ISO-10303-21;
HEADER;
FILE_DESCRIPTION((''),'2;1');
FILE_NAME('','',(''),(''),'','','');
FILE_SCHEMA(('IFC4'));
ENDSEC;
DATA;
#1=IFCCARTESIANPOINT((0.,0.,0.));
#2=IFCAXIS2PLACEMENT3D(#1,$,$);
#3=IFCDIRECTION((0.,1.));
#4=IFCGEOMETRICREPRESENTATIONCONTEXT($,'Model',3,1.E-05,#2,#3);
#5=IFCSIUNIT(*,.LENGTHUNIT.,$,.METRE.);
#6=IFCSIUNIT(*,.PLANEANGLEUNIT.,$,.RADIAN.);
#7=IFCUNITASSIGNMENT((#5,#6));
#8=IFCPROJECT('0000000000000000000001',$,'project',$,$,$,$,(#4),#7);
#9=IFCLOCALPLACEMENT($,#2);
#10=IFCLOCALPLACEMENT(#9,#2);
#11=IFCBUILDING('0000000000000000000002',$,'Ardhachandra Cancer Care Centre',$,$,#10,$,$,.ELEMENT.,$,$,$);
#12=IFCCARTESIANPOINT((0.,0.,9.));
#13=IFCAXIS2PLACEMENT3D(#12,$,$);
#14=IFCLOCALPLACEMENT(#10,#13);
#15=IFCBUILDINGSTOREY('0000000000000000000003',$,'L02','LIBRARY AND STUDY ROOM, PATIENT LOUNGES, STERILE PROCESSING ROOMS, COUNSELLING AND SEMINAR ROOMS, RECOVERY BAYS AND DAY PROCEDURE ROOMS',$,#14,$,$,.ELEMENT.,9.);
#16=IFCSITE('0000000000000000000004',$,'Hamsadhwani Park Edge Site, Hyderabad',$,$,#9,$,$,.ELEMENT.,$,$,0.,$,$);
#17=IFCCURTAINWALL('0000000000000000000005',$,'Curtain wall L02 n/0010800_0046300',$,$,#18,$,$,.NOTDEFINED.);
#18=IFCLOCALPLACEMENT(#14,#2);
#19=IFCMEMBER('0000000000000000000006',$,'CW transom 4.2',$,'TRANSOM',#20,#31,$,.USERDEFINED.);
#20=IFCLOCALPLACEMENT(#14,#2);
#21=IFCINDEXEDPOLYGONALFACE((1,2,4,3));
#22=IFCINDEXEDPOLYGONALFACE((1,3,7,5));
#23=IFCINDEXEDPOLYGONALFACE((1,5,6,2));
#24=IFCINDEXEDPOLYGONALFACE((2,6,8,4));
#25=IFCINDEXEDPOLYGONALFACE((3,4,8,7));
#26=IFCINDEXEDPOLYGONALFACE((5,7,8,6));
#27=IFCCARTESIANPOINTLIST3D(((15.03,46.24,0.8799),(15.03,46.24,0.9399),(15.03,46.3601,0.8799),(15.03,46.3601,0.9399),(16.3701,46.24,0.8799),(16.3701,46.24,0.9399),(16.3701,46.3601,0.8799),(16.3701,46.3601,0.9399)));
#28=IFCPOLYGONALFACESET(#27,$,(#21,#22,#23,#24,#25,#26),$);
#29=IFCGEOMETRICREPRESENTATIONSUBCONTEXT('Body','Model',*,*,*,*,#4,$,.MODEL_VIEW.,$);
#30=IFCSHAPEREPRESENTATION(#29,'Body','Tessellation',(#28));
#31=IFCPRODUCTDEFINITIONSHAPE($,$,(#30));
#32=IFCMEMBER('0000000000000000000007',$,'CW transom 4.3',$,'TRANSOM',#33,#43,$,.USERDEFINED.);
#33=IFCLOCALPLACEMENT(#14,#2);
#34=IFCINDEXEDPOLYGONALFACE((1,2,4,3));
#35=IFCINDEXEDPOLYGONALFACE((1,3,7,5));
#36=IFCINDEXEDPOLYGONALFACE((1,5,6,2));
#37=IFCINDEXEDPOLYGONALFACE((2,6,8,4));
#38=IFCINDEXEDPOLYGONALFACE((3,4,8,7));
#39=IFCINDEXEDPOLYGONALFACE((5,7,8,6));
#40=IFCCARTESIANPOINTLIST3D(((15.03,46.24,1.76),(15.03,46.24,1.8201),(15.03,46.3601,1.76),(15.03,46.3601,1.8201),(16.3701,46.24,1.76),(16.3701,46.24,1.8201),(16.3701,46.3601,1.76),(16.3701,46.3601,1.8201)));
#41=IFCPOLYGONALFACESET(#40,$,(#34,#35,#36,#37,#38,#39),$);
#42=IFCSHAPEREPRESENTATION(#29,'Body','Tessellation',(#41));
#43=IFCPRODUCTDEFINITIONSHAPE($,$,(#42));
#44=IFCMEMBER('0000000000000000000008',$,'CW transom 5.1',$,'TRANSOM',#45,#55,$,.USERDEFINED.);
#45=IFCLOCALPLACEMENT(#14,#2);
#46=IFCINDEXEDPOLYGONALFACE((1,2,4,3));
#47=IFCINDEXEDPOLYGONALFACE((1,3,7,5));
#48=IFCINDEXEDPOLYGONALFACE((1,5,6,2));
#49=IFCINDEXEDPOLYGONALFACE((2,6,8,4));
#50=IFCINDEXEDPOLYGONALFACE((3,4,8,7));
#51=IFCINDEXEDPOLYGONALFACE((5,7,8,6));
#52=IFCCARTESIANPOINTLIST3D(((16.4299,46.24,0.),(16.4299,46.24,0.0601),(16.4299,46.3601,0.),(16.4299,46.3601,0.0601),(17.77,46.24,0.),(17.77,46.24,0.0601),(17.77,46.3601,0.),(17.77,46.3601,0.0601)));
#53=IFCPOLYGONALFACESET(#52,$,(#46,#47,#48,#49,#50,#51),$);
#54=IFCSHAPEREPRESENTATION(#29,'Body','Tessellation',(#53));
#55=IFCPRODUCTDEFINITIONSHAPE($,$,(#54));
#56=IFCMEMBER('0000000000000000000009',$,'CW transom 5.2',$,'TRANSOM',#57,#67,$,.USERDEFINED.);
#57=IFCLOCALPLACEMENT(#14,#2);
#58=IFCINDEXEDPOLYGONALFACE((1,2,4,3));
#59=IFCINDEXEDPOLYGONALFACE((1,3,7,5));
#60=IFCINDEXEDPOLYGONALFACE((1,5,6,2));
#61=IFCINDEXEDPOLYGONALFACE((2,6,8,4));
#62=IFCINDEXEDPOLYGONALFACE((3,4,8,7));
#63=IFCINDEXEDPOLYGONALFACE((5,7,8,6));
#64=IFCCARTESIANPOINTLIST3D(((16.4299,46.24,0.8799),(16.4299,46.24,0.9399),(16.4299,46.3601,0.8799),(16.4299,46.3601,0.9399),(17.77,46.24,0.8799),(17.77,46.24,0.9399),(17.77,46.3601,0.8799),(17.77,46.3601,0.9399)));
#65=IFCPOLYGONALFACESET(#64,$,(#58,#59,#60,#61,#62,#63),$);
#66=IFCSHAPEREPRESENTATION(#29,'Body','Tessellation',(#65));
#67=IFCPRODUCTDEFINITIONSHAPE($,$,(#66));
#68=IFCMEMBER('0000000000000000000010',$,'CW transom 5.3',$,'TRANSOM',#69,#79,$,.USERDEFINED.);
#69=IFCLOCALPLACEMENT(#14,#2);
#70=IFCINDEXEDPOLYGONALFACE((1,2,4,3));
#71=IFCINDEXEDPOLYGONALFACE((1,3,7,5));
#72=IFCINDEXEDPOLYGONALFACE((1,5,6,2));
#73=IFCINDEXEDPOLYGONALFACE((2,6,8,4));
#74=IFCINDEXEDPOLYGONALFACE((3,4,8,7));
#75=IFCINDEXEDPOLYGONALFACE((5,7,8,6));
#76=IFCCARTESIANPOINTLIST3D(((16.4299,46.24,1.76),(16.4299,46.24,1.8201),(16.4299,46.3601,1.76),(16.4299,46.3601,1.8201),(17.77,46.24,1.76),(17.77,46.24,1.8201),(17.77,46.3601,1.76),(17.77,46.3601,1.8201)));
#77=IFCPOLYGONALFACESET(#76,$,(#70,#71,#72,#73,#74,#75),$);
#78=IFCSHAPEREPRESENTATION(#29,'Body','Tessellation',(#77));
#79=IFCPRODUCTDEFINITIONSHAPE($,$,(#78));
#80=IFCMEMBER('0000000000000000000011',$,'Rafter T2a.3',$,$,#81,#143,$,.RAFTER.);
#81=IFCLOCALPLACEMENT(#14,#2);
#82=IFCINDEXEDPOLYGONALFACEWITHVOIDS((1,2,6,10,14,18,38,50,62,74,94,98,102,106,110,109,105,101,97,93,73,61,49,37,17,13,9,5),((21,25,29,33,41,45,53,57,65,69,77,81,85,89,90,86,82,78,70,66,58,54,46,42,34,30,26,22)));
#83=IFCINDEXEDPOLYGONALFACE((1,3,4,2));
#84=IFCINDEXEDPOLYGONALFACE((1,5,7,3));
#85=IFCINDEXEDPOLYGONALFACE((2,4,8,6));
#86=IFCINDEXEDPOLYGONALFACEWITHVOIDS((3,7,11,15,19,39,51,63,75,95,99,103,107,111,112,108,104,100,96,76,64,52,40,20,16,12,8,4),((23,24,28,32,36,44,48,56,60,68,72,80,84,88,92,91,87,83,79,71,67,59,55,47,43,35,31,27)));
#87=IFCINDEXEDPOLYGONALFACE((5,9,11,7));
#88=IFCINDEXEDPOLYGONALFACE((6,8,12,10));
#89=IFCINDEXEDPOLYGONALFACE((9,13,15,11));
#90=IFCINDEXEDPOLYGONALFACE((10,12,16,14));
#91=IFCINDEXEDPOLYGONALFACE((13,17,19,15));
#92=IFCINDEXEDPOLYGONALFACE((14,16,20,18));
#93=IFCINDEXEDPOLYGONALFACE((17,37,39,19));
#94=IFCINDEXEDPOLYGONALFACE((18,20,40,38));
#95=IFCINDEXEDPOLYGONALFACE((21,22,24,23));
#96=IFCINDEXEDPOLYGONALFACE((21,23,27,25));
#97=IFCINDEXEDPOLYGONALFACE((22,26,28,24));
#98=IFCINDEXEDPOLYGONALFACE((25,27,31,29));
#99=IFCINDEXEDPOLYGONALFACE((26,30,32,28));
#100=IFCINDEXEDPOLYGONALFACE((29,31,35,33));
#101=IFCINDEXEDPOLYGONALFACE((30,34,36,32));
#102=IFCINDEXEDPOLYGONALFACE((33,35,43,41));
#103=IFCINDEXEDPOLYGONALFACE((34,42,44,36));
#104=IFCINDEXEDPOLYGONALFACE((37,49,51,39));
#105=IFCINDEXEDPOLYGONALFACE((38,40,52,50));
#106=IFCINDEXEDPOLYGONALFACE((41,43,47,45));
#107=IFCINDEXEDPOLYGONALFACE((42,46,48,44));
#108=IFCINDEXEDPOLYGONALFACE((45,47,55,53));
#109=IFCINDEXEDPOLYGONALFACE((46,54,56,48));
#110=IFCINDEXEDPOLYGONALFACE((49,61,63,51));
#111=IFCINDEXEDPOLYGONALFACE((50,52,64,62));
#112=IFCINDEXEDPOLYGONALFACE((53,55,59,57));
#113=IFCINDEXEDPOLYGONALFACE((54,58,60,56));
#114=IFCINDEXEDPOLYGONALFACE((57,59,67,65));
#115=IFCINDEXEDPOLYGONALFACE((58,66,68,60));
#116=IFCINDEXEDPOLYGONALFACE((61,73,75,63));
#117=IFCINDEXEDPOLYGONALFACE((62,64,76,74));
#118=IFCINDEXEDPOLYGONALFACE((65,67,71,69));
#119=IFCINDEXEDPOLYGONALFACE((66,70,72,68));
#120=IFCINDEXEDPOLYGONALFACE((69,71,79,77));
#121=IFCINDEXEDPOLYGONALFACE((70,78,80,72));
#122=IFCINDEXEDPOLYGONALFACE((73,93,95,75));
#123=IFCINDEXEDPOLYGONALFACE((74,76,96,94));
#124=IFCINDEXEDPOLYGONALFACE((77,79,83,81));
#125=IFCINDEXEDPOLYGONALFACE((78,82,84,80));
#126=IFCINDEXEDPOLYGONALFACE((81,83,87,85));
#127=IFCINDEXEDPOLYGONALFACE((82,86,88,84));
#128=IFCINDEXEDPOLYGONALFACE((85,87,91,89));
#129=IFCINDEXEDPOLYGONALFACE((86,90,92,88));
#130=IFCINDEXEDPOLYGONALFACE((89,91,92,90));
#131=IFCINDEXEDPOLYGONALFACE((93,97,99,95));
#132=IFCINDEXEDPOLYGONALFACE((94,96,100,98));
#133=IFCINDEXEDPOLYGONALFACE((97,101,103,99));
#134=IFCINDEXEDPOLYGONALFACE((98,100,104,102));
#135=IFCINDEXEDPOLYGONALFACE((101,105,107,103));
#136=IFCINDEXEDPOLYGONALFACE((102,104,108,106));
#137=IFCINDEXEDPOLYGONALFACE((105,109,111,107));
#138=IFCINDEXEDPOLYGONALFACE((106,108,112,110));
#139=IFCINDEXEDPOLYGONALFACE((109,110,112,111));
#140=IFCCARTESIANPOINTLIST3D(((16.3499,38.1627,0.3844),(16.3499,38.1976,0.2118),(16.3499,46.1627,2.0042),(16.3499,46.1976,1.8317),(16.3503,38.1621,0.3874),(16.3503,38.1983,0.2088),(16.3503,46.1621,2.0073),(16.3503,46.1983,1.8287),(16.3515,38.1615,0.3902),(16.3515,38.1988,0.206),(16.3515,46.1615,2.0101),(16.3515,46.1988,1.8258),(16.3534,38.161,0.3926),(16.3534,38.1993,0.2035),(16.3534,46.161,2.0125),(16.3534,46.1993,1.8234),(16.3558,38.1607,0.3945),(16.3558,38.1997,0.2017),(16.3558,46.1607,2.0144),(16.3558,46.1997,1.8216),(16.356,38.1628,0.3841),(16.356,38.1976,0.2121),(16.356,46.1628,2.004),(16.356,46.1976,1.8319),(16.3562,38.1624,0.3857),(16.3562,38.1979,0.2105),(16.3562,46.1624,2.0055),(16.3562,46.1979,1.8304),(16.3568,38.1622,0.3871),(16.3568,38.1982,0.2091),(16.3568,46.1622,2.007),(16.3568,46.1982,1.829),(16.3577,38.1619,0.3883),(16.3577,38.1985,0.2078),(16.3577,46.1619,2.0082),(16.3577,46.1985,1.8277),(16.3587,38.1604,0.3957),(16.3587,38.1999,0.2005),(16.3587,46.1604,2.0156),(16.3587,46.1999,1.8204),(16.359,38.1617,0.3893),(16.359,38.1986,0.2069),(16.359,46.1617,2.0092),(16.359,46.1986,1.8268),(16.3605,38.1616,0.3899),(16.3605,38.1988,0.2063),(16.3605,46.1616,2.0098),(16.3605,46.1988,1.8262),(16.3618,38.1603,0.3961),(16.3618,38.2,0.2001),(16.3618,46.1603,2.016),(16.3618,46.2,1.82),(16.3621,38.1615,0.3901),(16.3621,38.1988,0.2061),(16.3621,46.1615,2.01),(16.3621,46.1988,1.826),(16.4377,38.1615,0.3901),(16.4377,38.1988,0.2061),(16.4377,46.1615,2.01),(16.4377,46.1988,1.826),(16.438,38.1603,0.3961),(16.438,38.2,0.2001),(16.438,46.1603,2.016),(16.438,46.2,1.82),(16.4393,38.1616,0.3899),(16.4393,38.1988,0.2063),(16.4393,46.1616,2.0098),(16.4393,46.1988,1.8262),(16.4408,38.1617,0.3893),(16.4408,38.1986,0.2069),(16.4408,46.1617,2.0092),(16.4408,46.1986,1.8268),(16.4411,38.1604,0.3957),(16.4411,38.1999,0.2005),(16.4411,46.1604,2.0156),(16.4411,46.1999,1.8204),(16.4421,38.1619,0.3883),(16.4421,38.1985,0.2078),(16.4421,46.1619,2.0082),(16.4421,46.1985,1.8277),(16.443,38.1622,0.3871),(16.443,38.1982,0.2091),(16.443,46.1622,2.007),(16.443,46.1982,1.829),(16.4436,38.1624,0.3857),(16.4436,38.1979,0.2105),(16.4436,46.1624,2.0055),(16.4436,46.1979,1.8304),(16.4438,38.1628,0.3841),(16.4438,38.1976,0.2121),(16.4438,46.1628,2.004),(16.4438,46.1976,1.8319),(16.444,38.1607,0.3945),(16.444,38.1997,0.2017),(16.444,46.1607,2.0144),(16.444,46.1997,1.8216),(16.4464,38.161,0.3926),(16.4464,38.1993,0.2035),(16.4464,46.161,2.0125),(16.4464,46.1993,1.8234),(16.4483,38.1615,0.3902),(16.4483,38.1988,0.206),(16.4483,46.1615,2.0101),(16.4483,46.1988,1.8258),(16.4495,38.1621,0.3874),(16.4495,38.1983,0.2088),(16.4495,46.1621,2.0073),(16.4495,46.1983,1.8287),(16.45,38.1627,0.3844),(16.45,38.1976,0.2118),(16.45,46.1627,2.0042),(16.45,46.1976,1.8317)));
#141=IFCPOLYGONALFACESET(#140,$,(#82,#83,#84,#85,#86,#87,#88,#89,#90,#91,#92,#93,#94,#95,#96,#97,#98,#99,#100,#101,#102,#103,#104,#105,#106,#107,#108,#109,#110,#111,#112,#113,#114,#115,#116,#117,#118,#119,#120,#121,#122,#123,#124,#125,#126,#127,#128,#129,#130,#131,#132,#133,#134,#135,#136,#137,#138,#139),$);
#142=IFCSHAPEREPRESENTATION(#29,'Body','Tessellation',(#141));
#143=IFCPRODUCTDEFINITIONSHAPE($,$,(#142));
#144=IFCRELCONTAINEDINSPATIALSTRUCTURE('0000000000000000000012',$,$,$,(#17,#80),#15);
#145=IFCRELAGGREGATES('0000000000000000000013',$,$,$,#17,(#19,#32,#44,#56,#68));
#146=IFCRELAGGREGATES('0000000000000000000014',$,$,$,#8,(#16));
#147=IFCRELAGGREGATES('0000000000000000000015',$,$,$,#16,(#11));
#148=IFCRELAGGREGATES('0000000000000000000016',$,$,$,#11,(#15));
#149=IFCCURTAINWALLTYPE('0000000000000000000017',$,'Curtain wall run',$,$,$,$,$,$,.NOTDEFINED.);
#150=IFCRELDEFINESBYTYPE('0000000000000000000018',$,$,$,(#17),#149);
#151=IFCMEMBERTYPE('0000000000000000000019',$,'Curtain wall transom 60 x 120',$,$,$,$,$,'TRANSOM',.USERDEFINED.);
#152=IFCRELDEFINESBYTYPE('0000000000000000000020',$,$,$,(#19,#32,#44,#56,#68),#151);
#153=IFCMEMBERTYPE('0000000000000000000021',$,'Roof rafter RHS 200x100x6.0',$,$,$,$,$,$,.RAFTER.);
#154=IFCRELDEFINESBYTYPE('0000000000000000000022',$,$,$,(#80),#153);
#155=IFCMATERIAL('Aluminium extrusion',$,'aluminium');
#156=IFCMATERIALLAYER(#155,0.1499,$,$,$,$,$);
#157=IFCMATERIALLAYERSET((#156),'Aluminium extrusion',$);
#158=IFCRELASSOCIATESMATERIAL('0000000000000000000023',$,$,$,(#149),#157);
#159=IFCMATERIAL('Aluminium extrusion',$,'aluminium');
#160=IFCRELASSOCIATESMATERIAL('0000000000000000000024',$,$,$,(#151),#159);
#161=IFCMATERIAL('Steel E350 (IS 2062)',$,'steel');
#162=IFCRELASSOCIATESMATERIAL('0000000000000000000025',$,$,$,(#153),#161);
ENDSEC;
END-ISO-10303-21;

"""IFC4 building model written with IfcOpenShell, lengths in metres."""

from ifc_helpers import new_model, si_unit, direction, frame, origin, origin_2d, place, context, subcontext, project, spatial, rectangle, hollow_rectangle, extrude, material, layer, layer_set, material_profile, profile_set, type_object, element, aggregate, save


model = new_model("IFC4")

# Units and contexts
model_context = context("Model", 3, precision=1e-05, world=origin(), true_north=direction((0.0, 1.0)))
body_context = subcontext(model_context, "Body", "Model", "MODEL_VIEW")
ifc_project = project(units=[si_unit("LENGTHUNIT", "METRE"), si_unit("PLANEANGLEUNIT", "RADIAN")], contexts=[model_context])

# Site, building, storey
site_placement = place(None, origin())
site = spatial("IfcSite", under=ifc_project, at=site_placement, Name="Hamsadhwani Park Edge Site, Hyderabad", CompositionType="ELEMENT", RefElevation=0.0)
building_placement = place(site_placement, origin())
building = spatial("IfcBuilding", under=site, at=building_placement, Name="Ardhachandra Cancer Care Centre", CompositionType="ELEMENT")
storey_placement = place(building_placement, frame((0.0, 0.0, 9.0)))
storey = spatial("IfcBuildingStorey", under=building, at=storey_placement, Name="L02", Description="LIBRARY AND STUDY ROOM, PATIENT LOUNGES, STERILE PROCESSING ROOMS, COUNSELLING AND SEMINAR ROOMS, RECOVERY BAYS AND DAY PROCEDURE ROOMS", CompositionType="ELEMENT", Elevation=9.0)

# Curtain wall, members
ifc_material_1 = material(Name="Aluminium extrusion", Category="aluminium")
ifc_layer_1 = layer(ifc_material_1, 0.1499)
ifc_layer_set_1 = layer_set([ifc_layer_1], Name="Aluminium extrusion")
curtain_wall_type = type_object("IfcCurtainWallType", Name="Curtain wall run", PredefinedType="NOTDEFINED", material=ifc_layer_set_1)
curtain_wall_placement = place(storey_placement, origin())
curtain_wall = element("IfcCurtainWall", 1, at=curtain_wall_placement, inside=storey, type_object=curtain_wall_type, Name="Curtain wall L02 n/0010800_0046300", PredefinedType="NOTDEFINED")
ifc_material_2 = material(Name="Aluminium extrusion", Category="aluminium")
ifc_material_profile_1 = material_profile(ifc_material_2, rectangle(XDim=0.1201, YDim=0.0601, at=origin_2d()), Name="Curtain wall transom 60 x 120")
ifc_profile_set_1 = profile_set([ifc_material_profile_1], Name="Aluminium extrusion")
member_type_1 = type_object("IfcMemberType", Name="Curtain wall transom 60 x 120", ElementType="TRANSOM", PredefinedType="USERDEFINED", material=ifc_profile_set_1)
member_1_placement = place(storey_placement, frame((15.03, 46.3, 0.9099), z_axis=(1.0, 0.0, 0.0), x_axis=(0.0, 1.0, 0.0)))
member_1 = element("IfcMember", 2, at=member_1_placement, type_object=member_type_1, Name="CW transom 4.2", ObjectType="TRANSOM", PredefinedType="USERDEFINED", context=body_context, shape_type="SweptSolid", body=[
    extrude(rectangle(XDim=0.1201, YDim=0.0601, at=origin_2d()), origin(), (0.0, 0.0, 1.0), 1.3401),
])
member_2_placement = place(storey_placement, frame((15.03, 46.3, 1.79), z_axis=(1.0, 0.0, 0.0), x_axis=(0.0, 1.0, 0.0)))
member_2 = element("IfcMember", 3, at=member_2_placement, type_object=member_type_1, Name="CW transom 4.3", ObjectType="TRANSOM", PredefinedType="USERDEFINED", context=body_context, shape_type="SweptSolid", body=[
    extrude(rectangle(XDim=0.1201, YDim=0.0601, at=origin_2d()), origin(), (0.0, 0.0, 1.0), 1.3401),
])
member_3_placement = place(storey_placement, frame((16.4299, 46.3, 0.03), z_axis=(1.0, 0.0, 0.0), x_axis=(0.0, 1.0, 0.0)))
member_3 = element("IfcMember", 4, at=member_3_placement, type_object=member_type_1, Name="CW transom 5.1", ObjectType="TRANSOM", PredefinedType="USERDEFINED", context=body_context, shape_type="SweptSolid", body=[
    extrude(rectangle(XDim=0.1201, YDim=0.0601, at=origin_2d()), origin(), (0.0, 0.0, 1.0), 1.3401),
])
member_4_placement = place(storey_placement, frame((16.4299, 46.3, 0.9099), z_axis=(1.0, 0.0, 0.0), x_axis=(0.0, 1.0, 0.0)))
member_4 = element("IfcMember", 5, at=member_4_placement, type_object=member_type_1, Name="CW transom 5.2", ObjectType="TRANSOM", PredefinedType="USERDEFINED", context=body_context, shape_type="SweptSolid", body=[
    extrude(rectangle(XDim=0.1201, YDim=0.0601, at=origin_2d()), origin(), (0.0, 0.0, 1.0), 1.3401),
])
member_5_placement = place(storey_placement, frame((16.4299, 46.3, 1.79), z_axis=(1.0, 0.0, 0.0), x_axis=(0.0, 1.0, 0.0)))
member_5 = element("IfcMember", 6, at=member_5_placement, type_object=member_type_1, Name="CW transom 5.3", ObjectType="TRANSOM", PredefinedType="USERDEFINED", context=body_context, shape_type="SweptSolid", body=[
    extrude(rectangle(XDim=0.1201, YDim=0.0601, at=origin_2d()), origin(), (0.0, 0.0, 1.0), 1.3401),
])

# Member
ifc_material_3 = material(Name="Steel E350 (IS 2062)", Category="steel")
ifc_material_profile_2 = material_profile(ifc_material_3, hollow_rectangle(XDim=0.1001, YDim=0.2, WallThickness=0.0061, InnerFilletRadius=0.0061, OuterFilletRadius=0.012, at=origin_2d()), Name="RHS 200x100x6.0")
ifc_profile_set_2 = profile_set([ifc_material_profile_2], Name="Steel E350 (IS 2062)")
member_type_2 = type_object("IfcMemberType", Name="Roof rafter RHS 200x100x6.0", PredefinedType="RAFTER", material=ifc_profile_set_2)
for number, where, z_axis, x_axis, name in (
    (7, (16.3999, 38.1802, 0.2981), (0.0, 0.98011, 0.198457), (-1.0, 0.0, 0.0), "Rafter T2a.3"),
):
    element("IfcMember", number, at=place(storey_placement, frame(where, z_axis=z_axis, x_axis=x_axis)), inside=storey, type_object=member_type_2, Name=name, PredefinedType="RAFTER", context=body_context, shape_type="SweptSolid", body=[
        extrude(hollow_rectangle(XDim=0.1001, YDim=0.2, WallThickness=0.0061, InnerFilletRadius=0.0061, OuterFilletRadius=0.012, at=origin_2d()), origin(), (0.0, 0.0, 1.0), 8.1624),
    ])

aggregate(curtain_wall, [member_1, member_2, member_3, member_4, member_5])

save(model, "model.ifc")
